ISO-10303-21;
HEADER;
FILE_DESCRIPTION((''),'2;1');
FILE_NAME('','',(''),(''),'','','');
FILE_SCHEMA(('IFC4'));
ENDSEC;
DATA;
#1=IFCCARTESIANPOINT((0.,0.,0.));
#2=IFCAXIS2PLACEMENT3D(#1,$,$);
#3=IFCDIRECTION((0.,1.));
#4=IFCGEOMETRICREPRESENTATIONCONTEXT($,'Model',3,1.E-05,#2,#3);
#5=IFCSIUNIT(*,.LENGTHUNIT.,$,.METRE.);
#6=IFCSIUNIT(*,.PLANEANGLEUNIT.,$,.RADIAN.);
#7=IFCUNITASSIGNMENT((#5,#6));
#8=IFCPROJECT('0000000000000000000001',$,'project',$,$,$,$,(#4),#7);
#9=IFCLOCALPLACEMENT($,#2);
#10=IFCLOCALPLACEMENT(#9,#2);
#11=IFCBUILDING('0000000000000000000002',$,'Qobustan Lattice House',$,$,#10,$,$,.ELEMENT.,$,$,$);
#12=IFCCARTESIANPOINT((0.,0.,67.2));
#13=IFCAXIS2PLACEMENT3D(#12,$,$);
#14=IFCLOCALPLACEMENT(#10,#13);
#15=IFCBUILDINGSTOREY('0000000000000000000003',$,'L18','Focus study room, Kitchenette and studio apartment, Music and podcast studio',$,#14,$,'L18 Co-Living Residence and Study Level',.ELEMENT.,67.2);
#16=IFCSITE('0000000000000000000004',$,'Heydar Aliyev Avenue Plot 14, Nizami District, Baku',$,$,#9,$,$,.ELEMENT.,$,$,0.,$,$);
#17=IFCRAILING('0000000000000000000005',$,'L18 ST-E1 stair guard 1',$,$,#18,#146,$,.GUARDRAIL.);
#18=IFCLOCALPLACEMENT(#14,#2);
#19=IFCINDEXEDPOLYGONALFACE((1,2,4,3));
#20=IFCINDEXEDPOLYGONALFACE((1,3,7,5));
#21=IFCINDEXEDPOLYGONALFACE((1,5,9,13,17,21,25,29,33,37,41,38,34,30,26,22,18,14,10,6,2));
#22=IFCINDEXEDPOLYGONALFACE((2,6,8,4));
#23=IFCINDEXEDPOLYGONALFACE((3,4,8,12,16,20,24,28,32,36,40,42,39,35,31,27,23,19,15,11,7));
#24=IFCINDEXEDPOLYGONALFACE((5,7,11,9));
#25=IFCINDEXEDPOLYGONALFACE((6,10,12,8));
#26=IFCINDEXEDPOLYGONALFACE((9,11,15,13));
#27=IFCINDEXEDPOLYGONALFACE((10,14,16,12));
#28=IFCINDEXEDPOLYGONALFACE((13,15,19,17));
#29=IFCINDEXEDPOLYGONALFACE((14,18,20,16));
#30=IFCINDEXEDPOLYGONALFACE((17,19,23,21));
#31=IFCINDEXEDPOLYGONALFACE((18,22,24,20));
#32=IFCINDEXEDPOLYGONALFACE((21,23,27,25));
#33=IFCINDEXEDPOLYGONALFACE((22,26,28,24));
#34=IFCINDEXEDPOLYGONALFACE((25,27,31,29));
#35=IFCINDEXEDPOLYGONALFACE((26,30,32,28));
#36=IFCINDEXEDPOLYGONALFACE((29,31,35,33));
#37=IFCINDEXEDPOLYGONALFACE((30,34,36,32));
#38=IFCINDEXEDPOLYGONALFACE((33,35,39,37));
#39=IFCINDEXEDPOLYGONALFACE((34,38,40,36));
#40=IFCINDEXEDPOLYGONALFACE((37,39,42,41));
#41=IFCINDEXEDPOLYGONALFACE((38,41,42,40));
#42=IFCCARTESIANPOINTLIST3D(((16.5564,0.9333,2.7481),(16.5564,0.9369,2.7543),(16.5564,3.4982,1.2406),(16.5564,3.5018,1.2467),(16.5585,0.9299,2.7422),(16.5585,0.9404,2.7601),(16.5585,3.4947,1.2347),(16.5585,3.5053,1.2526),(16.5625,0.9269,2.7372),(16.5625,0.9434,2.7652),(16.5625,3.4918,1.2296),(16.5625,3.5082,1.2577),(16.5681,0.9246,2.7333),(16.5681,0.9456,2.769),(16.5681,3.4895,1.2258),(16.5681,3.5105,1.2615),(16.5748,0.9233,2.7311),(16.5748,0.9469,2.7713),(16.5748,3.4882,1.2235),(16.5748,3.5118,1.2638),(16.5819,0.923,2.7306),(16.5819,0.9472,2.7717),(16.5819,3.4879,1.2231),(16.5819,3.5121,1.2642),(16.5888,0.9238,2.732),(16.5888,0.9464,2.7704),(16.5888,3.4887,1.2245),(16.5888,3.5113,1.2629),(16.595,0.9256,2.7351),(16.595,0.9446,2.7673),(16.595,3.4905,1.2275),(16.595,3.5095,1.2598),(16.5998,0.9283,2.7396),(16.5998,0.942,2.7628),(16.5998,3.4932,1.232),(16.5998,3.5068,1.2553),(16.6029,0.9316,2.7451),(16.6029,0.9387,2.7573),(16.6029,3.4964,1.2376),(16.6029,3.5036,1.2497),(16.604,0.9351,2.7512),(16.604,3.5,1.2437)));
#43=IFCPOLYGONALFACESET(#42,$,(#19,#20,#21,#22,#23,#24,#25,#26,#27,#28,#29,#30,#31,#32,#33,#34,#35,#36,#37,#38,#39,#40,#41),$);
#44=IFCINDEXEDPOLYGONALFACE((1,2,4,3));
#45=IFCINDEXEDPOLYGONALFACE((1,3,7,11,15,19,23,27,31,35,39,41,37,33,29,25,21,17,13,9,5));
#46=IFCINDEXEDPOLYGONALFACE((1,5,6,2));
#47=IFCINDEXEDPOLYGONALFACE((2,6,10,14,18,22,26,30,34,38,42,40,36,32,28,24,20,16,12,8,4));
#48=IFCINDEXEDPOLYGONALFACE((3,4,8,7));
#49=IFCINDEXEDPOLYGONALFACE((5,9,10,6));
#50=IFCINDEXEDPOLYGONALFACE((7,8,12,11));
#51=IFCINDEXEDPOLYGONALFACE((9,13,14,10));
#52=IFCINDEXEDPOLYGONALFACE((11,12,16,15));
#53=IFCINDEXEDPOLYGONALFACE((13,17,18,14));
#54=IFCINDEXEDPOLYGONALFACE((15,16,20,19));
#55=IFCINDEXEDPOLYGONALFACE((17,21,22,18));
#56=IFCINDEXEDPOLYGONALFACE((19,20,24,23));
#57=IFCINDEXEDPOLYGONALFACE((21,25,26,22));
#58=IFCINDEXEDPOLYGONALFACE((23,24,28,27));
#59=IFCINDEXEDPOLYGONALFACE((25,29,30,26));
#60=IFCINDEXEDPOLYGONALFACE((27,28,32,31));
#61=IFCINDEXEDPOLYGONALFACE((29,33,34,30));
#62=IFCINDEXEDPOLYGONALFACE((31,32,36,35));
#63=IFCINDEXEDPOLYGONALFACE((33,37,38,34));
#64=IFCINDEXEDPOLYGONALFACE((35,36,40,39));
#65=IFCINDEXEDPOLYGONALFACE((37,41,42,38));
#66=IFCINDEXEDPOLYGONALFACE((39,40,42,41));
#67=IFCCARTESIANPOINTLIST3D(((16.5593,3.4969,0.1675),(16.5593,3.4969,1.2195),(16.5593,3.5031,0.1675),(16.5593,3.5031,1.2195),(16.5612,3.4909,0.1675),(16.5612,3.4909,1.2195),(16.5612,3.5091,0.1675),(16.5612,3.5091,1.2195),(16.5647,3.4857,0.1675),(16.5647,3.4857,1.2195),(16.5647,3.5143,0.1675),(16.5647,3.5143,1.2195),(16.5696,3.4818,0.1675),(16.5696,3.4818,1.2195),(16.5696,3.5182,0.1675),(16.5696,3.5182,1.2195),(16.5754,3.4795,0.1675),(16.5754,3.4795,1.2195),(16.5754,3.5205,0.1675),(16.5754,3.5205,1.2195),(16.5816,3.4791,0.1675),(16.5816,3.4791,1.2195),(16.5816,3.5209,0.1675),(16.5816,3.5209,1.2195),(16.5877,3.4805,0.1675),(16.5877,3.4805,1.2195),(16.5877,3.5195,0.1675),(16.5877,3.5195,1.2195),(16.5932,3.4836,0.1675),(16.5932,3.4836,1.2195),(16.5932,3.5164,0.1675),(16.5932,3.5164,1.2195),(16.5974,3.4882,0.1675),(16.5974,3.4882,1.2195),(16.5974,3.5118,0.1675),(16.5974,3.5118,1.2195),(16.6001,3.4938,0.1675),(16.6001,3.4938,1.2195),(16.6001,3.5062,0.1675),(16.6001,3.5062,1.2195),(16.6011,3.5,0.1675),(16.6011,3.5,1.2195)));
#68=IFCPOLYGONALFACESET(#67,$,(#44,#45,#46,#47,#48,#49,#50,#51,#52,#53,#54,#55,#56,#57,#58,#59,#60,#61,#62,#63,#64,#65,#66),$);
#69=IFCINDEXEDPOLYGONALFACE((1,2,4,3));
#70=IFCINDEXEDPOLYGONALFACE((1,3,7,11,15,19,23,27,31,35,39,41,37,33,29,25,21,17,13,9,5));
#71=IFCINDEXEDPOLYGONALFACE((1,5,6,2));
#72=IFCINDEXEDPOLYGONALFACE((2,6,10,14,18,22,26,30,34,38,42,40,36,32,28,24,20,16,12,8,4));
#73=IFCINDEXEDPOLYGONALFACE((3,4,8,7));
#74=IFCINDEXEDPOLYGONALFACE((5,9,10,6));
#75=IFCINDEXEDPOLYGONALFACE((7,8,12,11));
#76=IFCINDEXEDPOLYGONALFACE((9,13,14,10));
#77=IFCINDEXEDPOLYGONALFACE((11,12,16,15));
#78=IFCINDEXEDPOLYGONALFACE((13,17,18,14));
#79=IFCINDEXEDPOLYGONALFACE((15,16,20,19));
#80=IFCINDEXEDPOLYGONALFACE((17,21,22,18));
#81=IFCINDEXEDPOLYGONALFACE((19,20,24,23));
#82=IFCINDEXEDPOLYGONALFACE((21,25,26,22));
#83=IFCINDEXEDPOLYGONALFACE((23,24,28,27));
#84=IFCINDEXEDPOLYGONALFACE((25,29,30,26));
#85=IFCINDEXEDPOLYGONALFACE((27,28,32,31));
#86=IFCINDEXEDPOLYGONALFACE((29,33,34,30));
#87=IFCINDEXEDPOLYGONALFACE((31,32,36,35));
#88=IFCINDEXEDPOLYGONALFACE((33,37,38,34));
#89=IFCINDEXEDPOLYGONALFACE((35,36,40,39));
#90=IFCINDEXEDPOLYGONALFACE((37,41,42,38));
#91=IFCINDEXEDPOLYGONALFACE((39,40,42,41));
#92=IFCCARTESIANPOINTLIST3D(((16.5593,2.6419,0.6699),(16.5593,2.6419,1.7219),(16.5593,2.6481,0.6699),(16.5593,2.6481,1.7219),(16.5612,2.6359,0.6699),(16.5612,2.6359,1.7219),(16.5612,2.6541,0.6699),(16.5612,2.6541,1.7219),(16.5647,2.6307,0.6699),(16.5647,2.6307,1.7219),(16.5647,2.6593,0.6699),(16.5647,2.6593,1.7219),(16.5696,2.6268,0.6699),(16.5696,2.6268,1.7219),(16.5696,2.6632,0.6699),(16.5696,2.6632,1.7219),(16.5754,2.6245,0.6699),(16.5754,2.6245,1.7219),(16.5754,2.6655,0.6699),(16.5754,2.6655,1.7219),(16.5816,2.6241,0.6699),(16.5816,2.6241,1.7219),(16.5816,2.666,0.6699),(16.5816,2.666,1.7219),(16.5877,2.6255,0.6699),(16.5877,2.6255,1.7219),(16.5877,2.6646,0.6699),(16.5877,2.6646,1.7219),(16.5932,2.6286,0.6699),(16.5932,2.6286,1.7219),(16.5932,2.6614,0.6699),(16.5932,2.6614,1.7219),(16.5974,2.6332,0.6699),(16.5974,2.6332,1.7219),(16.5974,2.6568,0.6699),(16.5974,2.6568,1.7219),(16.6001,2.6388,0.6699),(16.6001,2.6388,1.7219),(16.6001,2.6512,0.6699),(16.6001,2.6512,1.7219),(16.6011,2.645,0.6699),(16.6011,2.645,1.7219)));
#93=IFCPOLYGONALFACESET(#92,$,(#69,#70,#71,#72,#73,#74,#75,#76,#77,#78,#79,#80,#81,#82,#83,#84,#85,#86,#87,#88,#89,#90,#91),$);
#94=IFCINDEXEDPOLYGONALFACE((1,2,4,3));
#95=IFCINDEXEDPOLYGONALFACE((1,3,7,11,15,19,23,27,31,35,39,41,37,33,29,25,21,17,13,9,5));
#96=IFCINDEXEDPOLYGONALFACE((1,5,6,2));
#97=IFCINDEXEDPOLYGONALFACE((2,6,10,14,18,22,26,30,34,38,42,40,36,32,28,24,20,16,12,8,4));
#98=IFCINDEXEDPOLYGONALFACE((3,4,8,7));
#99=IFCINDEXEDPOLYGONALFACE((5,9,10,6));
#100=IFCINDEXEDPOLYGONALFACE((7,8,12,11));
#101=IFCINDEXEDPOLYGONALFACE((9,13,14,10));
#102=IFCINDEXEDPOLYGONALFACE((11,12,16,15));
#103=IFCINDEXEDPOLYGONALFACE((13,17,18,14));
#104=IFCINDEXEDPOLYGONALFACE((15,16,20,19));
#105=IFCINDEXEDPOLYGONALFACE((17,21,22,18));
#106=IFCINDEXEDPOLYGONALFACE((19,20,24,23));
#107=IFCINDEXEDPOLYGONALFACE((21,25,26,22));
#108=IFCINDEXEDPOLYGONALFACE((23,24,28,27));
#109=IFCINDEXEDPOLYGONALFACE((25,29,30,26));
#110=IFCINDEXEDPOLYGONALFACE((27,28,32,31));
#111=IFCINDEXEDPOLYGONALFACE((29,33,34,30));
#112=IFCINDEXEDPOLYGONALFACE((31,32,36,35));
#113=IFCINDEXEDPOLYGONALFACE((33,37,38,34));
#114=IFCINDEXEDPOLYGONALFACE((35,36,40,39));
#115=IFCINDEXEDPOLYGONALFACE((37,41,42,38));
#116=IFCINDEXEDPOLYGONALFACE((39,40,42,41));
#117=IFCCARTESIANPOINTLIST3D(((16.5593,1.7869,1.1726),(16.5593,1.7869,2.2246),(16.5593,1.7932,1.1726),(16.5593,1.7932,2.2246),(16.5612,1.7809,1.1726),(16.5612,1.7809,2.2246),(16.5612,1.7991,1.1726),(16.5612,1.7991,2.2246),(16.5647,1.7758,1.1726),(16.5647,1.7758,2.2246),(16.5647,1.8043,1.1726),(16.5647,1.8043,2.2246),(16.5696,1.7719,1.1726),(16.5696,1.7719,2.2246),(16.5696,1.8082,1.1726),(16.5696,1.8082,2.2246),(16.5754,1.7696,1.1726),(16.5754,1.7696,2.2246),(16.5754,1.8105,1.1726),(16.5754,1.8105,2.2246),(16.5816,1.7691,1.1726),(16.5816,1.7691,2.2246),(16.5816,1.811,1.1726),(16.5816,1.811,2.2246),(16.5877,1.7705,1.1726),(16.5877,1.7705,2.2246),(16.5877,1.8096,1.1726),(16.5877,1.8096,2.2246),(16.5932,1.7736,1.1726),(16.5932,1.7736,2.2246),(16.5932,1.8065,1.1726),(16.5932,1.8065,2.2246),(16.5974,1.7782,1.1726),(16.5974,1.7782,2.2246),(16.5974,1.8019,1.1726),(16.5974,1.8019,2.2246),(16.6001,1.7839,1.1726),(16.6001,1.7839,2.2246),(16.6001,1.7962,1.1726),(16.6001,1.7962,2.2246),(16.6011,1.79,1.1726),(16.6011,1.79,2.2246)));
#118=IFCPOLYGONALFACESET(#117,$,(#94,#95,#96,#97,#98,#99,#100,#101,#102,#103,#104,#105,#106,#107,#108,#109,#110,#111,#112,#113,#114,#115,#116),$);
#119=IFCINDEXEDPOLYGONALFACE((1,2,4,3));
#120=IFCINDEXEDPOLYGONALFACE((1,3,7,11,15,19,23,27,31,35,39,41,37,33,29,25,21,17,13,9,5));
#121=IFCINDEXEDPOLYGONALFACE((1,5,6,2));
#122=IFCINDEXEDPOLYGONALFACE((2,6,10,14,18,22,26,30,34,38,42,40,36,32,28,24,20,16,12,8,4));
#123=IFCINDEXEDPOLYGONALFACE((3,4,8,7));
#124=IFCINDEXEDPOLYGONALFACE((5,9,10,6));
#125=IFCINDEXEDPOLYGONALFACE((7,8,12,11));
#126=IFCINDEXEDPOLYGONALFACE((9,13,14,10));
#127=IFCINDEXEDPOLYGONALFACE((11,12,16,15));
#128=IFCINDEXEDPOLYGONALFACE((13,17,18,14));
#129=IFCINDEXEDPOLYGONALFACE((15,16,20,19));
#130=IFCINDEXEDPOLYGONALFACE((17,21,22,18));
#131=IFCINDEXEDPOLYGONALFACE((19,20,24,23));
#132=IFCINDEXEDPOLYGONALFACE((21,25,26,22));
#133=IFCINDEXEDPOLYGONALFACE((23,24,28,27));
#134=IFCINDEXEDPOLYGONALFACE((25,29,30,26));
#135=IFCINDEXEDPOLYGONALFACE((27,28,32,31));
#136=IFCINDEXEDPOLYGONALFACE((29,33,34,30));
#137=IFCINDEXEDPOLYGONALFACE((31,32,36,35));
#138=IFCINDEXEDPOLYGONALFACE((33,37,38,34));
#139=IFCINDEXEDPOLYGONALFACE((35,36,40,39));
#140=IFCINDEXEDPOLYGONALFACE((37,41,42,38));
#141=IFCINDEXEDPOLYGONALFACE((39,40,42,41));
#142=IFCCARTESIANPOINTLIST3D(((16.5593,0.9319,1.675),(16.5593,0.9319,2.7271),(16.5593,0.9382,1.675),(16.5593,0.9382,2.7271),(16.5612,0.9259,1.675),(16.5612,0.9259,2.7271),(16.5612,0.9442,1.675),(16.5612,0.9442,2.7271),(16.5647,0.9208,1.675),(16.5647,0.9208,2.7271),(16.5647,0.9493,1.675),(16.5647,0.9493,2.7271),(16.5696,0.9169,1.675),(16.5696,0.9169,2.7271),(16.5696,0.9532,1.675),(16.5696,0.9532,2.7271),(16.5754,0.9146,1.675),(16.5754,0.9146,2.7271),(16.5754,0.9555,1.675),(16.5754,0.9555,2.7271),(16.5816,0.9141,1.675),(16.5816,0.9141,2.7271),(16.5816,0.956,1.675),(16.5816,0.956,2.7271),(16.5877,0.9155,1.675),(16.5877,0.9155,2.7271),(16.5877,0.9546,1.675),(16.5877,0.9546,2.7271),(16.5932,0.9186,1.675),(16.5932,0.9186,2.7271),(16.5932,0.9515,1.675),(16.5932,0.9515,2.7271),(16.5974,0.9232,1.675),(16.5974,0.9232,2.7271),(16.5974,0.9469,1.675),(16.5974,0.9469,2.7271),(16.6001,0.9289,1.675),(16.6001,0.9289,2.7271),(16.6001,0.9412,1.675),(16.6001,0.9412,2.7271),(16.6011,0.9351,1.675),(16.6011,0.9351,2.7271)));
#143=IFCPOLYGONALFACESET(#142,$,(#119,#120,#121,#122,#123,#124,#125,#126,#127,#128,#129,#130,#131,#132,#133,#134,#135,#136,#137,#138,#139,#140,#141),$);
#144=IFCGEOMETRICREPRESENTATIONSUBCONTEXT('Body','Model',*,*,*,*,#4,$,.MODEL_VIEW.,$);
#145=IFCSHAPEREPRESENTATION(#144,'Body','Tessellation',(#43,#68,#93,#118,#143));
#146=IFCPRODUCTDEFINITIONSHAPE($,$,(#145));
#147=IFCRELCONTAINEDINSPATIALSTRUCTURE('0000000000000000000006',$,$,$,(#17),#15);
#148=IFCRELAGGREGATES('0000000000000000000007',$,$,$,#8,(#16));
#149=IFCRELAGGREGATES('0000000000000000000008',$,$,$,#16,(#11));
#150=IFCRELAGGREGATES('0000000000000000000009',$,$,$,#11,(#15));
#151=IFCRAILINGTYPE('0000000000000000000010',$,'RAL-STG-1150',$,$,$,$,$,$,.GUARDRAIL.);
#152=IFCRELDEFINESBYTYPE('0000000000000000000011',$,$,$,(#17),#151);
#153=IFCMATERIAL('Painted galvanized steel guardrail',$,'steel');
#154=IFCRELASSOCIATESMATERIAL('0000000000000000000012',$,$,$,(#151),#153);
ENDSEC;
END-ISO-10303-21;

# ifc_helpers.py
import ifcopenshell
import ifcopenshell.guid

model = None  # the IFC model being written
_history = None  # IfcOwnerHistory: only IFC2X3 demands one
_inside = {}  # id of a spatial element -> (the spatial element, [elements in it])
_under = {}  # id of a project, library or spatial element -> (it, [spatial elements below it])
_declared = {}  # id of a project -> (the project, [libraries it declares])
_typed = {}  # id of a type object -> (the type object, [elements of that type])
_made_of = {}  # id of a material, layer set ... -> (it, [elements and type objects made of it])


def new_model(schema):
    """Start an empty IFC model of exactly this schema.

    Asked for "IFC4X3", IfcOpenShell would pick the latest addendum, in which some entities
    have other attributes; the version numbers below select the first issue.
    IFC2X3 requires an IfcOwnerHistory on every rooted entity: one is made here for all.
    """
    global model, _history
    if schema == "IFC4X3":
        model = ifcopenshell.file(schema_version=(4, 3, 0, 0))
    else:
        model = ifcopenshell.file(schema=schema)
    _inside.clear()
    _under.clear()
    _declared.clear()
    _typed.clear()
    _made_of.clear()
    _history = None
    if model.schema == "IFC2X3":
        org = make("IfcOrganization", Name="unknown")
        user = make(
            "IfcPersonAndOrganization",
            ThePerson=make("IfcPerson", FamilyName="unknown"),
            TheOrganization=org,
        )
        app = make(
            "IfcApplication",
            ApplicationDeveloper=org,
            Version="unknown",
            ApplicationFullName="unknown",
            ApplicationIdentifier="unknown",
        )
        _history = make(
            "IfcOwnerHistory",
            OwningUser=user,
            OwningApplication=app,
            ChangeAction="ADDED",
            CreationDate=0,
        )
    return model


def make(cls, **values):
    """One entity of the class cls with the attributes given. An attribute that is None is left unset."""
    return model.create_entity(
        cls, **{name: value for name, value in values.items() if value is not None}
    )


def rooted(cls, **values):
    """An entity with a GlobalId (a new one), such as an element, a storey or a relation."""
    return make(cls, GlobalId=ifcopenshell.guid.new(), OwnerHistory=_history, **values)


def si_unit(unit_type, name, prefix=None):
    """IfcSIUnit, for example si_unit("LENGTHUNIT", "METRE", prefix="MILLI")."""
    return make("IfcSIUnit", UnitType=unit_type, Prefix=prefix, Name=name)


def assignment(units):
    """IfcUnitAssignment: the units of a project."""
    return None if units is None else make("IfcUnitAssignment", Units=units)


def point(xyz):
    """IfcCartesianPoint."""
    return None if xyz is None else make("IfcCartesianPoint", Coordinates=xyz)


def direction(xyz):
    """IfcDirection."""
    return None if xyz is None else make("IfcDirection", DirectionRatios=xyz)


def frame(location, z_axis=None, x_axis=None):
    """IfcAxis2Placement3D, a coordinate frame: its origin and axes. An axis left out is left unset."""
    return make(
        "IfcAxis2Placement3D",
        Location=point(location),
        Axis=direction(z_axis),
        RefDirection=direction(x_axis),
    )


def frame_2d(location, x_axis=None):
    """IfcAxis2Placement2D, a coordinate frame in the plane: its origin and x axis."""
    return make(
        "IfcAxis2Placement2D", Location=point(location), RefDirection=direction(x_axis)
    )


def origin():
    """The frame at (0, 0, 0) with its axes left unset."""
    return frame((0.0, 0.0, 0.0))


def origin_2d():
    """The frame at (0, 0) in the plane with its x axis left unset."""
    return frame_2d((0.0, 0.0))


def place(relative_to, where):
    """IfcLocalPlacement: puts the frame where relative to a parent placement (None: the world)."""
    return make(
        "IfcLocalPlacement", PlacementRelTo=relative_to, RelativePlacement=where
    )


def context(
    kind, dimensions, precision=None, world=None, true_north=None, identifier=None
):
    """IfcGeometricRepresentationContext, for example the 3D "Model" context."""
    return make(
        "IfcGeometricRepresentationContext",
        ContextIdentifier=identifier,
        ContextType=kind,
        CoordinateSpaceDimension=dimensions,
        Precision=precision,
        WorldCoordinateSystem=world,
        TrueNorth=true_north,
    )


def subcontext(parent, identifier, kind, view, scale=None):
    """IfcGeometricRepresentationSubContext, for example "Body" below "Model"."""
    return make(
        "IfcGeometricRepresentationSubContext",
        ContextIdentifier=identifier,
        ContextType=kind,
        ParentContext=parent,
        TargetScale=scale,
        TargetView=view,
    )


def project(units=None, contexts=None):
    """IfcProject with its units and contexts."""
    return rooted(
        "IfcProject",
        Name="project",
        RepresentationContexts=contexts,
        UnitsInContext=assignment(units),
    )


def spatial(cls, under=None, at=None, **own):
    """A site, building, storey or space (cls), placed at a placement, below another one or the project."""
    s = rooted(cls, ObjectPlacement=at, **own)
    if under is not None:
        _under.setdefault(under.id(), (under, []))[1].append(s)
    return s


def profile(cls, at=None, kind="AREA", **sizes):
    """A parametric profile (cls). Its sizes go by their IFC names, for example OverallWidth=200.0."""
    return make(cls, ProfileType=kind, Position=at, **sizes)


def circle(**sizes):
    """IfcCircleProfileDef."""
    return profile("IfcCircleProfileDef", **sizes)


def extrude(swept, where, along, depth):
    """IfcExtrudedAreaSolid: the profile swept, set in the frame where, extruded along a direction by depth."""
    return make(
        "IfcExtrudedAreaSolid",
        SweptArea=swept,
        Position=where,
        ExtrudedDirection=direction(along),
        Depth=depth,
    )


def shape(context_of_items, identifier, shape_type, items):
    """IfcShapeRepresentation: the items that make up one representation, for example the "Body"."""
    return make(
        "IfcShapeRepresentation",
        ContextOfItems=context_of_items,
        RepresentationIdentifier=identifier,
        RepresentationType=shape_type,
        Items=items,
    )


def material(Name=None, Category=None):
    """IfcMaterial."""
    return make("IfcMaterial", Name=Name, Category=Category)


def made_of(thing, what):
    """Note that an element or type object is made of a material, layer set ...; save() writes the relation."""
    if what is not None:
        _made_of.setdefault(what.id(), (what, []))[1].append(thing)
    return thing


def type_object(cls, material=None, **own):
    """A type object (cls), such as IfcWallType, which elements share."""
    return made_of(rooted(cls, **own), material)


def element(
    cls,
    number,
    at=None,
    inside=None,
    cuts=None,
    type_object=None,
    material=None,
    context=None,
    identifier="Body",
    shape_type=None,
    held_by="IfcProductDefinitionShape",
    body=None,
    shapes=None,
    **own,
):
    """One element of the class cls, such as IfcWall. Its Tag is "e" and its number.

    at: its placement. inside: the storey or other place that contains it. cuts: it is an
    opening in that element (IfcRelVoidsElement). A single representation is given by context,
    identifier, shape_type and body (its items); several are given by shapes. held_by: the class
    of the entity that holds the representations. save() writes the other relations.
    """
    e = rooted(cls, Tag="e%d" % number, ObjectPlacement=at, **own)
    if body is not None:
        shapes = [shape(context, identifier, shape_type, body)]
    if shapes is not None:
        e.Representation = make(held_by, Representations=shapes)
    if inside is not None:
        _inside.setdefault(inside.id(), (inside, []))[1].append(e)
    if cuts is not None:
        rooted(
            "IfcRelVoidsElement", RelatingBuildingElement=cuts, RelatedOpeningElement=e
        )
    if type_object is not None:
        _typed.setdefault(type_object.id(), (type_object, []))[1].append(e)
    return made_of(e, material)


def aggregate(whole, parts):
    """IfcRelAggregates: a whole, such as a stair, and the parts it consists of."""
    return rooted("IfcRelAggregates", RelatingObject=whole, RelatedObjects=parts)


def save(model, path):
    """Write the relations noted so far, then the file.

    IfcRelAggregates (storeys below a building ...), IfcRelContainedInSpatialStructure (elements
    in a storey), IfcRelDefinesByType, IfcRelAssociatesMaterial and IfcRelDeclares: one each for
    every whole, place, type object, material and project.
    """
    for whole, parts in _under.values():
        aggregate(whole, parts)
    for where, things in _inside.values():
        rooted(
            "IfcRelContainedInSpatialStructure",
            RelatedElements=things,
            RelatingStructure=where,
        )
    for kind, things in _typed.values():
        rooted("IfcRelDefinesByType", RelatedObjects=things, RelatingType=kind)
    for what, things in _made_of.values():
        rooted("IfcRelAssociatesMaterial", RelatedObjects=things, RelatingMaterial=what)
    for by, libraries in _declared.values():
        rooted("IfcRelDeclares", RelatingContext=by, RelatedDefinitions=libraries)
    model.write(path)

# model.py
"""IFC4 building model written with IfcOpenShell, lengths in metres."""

from ifc_helpers import new_model, si_unit, direction, frame, origin, origin_2d, place, context, subcontext, project, spatial, circle, extrude, material, type_object, element, save


model = new_model("IFC4")

# Units and contexts
model_context = context("Model", 3, precision=1e-05, world=origin(), true_north=direction((0.0, 1.0)))
body_context = subcontext(model_context, "Body", "Model", "MODEL_VIEW")
ifc_project = project(units=[si_unit("LENGTHUNIT", "METRE"), si_unit("PLANEANGLEUNIT", "RADIAN")], contexts=[model_context])

# Site, building, storey
site_placement = place(None, origin())
site = spatial("IfcSite", under=ifc_project, at=site_placement, Name="Heydar Aliyev Avenue Plot 14, Nizami District, Baku", CompositionType="ELEMENT", RefElevation=0.0)
building_placement = place(site_placement, origin())
building = spatial("IfcBuilding", under=site, at=building_placement, Name="Qobustan Lattice House", CompositionType="ELEMENT")
storey_placement = place(building_placement, frame((0.0, 0.0, 67.2)))
storey = spatial("IfcBuildingStorey", under=building, at=storey_placement, Name="L18", Description="Focus study room, Kitchenette and studio apartment, Music and podcast studio", LongName="L18 Co-Living Residence and Study Level", CompositionType="ELEMENT", Elevation=67.2)

# Railing
ifc_material_1 = material(Name="Painted galvanized steel guardrail", Category="steel")
railing_type_1 = type_object("IfcRailingType", Name="RAL-STG-1150", PredefinedType="GUARDRAIL", material=ifc_material_1)
railing_1_placement = place(storey_placement, frame((16.5801, 3.5, 0.1675)))
element("IfcRailing", 1, at=railing_1_placement, inside=storey, type_object=railing_type_1, Name="L18 ST-E1 stair guard 1", PredefinedType="GUARDRAIL", context=body_context, shape_type="SweptSolid", body=[
    extrude(circle(Radius=0.0239, at=origin_2d()), frame((0.0, 0.0, 1.0762), z_axis=(0.0, -0.862113, 0.506715), x_axis=(1.0, 0.0, 0.0)), (0.0, 0.0, 1.0), 2.9751),
    extrude(circle(Radius=0.021, at=origin_2d()), origin(), (0.0, 0.0, 1.0), 1.052),
    extrude(circle(Radius=0.021, at=origin_2d()), frame((0.0, -0.855, 0.5024)), (0.0, 0.0, 1.0), 1.052),
    extrude(circle(Radius=0.021, at=origin_2d()), frame((0.0, -1.71, 1.0051)), (0.0, 0.0, 1.0), 1.052),
    extrude(circle(Radius=0.021, at=origin_2d()), frame((0.0, -2.5649, 1.5076)), (0.0, 0.0, 1.0), 1.052),
])

save(model, "model.ifc")
